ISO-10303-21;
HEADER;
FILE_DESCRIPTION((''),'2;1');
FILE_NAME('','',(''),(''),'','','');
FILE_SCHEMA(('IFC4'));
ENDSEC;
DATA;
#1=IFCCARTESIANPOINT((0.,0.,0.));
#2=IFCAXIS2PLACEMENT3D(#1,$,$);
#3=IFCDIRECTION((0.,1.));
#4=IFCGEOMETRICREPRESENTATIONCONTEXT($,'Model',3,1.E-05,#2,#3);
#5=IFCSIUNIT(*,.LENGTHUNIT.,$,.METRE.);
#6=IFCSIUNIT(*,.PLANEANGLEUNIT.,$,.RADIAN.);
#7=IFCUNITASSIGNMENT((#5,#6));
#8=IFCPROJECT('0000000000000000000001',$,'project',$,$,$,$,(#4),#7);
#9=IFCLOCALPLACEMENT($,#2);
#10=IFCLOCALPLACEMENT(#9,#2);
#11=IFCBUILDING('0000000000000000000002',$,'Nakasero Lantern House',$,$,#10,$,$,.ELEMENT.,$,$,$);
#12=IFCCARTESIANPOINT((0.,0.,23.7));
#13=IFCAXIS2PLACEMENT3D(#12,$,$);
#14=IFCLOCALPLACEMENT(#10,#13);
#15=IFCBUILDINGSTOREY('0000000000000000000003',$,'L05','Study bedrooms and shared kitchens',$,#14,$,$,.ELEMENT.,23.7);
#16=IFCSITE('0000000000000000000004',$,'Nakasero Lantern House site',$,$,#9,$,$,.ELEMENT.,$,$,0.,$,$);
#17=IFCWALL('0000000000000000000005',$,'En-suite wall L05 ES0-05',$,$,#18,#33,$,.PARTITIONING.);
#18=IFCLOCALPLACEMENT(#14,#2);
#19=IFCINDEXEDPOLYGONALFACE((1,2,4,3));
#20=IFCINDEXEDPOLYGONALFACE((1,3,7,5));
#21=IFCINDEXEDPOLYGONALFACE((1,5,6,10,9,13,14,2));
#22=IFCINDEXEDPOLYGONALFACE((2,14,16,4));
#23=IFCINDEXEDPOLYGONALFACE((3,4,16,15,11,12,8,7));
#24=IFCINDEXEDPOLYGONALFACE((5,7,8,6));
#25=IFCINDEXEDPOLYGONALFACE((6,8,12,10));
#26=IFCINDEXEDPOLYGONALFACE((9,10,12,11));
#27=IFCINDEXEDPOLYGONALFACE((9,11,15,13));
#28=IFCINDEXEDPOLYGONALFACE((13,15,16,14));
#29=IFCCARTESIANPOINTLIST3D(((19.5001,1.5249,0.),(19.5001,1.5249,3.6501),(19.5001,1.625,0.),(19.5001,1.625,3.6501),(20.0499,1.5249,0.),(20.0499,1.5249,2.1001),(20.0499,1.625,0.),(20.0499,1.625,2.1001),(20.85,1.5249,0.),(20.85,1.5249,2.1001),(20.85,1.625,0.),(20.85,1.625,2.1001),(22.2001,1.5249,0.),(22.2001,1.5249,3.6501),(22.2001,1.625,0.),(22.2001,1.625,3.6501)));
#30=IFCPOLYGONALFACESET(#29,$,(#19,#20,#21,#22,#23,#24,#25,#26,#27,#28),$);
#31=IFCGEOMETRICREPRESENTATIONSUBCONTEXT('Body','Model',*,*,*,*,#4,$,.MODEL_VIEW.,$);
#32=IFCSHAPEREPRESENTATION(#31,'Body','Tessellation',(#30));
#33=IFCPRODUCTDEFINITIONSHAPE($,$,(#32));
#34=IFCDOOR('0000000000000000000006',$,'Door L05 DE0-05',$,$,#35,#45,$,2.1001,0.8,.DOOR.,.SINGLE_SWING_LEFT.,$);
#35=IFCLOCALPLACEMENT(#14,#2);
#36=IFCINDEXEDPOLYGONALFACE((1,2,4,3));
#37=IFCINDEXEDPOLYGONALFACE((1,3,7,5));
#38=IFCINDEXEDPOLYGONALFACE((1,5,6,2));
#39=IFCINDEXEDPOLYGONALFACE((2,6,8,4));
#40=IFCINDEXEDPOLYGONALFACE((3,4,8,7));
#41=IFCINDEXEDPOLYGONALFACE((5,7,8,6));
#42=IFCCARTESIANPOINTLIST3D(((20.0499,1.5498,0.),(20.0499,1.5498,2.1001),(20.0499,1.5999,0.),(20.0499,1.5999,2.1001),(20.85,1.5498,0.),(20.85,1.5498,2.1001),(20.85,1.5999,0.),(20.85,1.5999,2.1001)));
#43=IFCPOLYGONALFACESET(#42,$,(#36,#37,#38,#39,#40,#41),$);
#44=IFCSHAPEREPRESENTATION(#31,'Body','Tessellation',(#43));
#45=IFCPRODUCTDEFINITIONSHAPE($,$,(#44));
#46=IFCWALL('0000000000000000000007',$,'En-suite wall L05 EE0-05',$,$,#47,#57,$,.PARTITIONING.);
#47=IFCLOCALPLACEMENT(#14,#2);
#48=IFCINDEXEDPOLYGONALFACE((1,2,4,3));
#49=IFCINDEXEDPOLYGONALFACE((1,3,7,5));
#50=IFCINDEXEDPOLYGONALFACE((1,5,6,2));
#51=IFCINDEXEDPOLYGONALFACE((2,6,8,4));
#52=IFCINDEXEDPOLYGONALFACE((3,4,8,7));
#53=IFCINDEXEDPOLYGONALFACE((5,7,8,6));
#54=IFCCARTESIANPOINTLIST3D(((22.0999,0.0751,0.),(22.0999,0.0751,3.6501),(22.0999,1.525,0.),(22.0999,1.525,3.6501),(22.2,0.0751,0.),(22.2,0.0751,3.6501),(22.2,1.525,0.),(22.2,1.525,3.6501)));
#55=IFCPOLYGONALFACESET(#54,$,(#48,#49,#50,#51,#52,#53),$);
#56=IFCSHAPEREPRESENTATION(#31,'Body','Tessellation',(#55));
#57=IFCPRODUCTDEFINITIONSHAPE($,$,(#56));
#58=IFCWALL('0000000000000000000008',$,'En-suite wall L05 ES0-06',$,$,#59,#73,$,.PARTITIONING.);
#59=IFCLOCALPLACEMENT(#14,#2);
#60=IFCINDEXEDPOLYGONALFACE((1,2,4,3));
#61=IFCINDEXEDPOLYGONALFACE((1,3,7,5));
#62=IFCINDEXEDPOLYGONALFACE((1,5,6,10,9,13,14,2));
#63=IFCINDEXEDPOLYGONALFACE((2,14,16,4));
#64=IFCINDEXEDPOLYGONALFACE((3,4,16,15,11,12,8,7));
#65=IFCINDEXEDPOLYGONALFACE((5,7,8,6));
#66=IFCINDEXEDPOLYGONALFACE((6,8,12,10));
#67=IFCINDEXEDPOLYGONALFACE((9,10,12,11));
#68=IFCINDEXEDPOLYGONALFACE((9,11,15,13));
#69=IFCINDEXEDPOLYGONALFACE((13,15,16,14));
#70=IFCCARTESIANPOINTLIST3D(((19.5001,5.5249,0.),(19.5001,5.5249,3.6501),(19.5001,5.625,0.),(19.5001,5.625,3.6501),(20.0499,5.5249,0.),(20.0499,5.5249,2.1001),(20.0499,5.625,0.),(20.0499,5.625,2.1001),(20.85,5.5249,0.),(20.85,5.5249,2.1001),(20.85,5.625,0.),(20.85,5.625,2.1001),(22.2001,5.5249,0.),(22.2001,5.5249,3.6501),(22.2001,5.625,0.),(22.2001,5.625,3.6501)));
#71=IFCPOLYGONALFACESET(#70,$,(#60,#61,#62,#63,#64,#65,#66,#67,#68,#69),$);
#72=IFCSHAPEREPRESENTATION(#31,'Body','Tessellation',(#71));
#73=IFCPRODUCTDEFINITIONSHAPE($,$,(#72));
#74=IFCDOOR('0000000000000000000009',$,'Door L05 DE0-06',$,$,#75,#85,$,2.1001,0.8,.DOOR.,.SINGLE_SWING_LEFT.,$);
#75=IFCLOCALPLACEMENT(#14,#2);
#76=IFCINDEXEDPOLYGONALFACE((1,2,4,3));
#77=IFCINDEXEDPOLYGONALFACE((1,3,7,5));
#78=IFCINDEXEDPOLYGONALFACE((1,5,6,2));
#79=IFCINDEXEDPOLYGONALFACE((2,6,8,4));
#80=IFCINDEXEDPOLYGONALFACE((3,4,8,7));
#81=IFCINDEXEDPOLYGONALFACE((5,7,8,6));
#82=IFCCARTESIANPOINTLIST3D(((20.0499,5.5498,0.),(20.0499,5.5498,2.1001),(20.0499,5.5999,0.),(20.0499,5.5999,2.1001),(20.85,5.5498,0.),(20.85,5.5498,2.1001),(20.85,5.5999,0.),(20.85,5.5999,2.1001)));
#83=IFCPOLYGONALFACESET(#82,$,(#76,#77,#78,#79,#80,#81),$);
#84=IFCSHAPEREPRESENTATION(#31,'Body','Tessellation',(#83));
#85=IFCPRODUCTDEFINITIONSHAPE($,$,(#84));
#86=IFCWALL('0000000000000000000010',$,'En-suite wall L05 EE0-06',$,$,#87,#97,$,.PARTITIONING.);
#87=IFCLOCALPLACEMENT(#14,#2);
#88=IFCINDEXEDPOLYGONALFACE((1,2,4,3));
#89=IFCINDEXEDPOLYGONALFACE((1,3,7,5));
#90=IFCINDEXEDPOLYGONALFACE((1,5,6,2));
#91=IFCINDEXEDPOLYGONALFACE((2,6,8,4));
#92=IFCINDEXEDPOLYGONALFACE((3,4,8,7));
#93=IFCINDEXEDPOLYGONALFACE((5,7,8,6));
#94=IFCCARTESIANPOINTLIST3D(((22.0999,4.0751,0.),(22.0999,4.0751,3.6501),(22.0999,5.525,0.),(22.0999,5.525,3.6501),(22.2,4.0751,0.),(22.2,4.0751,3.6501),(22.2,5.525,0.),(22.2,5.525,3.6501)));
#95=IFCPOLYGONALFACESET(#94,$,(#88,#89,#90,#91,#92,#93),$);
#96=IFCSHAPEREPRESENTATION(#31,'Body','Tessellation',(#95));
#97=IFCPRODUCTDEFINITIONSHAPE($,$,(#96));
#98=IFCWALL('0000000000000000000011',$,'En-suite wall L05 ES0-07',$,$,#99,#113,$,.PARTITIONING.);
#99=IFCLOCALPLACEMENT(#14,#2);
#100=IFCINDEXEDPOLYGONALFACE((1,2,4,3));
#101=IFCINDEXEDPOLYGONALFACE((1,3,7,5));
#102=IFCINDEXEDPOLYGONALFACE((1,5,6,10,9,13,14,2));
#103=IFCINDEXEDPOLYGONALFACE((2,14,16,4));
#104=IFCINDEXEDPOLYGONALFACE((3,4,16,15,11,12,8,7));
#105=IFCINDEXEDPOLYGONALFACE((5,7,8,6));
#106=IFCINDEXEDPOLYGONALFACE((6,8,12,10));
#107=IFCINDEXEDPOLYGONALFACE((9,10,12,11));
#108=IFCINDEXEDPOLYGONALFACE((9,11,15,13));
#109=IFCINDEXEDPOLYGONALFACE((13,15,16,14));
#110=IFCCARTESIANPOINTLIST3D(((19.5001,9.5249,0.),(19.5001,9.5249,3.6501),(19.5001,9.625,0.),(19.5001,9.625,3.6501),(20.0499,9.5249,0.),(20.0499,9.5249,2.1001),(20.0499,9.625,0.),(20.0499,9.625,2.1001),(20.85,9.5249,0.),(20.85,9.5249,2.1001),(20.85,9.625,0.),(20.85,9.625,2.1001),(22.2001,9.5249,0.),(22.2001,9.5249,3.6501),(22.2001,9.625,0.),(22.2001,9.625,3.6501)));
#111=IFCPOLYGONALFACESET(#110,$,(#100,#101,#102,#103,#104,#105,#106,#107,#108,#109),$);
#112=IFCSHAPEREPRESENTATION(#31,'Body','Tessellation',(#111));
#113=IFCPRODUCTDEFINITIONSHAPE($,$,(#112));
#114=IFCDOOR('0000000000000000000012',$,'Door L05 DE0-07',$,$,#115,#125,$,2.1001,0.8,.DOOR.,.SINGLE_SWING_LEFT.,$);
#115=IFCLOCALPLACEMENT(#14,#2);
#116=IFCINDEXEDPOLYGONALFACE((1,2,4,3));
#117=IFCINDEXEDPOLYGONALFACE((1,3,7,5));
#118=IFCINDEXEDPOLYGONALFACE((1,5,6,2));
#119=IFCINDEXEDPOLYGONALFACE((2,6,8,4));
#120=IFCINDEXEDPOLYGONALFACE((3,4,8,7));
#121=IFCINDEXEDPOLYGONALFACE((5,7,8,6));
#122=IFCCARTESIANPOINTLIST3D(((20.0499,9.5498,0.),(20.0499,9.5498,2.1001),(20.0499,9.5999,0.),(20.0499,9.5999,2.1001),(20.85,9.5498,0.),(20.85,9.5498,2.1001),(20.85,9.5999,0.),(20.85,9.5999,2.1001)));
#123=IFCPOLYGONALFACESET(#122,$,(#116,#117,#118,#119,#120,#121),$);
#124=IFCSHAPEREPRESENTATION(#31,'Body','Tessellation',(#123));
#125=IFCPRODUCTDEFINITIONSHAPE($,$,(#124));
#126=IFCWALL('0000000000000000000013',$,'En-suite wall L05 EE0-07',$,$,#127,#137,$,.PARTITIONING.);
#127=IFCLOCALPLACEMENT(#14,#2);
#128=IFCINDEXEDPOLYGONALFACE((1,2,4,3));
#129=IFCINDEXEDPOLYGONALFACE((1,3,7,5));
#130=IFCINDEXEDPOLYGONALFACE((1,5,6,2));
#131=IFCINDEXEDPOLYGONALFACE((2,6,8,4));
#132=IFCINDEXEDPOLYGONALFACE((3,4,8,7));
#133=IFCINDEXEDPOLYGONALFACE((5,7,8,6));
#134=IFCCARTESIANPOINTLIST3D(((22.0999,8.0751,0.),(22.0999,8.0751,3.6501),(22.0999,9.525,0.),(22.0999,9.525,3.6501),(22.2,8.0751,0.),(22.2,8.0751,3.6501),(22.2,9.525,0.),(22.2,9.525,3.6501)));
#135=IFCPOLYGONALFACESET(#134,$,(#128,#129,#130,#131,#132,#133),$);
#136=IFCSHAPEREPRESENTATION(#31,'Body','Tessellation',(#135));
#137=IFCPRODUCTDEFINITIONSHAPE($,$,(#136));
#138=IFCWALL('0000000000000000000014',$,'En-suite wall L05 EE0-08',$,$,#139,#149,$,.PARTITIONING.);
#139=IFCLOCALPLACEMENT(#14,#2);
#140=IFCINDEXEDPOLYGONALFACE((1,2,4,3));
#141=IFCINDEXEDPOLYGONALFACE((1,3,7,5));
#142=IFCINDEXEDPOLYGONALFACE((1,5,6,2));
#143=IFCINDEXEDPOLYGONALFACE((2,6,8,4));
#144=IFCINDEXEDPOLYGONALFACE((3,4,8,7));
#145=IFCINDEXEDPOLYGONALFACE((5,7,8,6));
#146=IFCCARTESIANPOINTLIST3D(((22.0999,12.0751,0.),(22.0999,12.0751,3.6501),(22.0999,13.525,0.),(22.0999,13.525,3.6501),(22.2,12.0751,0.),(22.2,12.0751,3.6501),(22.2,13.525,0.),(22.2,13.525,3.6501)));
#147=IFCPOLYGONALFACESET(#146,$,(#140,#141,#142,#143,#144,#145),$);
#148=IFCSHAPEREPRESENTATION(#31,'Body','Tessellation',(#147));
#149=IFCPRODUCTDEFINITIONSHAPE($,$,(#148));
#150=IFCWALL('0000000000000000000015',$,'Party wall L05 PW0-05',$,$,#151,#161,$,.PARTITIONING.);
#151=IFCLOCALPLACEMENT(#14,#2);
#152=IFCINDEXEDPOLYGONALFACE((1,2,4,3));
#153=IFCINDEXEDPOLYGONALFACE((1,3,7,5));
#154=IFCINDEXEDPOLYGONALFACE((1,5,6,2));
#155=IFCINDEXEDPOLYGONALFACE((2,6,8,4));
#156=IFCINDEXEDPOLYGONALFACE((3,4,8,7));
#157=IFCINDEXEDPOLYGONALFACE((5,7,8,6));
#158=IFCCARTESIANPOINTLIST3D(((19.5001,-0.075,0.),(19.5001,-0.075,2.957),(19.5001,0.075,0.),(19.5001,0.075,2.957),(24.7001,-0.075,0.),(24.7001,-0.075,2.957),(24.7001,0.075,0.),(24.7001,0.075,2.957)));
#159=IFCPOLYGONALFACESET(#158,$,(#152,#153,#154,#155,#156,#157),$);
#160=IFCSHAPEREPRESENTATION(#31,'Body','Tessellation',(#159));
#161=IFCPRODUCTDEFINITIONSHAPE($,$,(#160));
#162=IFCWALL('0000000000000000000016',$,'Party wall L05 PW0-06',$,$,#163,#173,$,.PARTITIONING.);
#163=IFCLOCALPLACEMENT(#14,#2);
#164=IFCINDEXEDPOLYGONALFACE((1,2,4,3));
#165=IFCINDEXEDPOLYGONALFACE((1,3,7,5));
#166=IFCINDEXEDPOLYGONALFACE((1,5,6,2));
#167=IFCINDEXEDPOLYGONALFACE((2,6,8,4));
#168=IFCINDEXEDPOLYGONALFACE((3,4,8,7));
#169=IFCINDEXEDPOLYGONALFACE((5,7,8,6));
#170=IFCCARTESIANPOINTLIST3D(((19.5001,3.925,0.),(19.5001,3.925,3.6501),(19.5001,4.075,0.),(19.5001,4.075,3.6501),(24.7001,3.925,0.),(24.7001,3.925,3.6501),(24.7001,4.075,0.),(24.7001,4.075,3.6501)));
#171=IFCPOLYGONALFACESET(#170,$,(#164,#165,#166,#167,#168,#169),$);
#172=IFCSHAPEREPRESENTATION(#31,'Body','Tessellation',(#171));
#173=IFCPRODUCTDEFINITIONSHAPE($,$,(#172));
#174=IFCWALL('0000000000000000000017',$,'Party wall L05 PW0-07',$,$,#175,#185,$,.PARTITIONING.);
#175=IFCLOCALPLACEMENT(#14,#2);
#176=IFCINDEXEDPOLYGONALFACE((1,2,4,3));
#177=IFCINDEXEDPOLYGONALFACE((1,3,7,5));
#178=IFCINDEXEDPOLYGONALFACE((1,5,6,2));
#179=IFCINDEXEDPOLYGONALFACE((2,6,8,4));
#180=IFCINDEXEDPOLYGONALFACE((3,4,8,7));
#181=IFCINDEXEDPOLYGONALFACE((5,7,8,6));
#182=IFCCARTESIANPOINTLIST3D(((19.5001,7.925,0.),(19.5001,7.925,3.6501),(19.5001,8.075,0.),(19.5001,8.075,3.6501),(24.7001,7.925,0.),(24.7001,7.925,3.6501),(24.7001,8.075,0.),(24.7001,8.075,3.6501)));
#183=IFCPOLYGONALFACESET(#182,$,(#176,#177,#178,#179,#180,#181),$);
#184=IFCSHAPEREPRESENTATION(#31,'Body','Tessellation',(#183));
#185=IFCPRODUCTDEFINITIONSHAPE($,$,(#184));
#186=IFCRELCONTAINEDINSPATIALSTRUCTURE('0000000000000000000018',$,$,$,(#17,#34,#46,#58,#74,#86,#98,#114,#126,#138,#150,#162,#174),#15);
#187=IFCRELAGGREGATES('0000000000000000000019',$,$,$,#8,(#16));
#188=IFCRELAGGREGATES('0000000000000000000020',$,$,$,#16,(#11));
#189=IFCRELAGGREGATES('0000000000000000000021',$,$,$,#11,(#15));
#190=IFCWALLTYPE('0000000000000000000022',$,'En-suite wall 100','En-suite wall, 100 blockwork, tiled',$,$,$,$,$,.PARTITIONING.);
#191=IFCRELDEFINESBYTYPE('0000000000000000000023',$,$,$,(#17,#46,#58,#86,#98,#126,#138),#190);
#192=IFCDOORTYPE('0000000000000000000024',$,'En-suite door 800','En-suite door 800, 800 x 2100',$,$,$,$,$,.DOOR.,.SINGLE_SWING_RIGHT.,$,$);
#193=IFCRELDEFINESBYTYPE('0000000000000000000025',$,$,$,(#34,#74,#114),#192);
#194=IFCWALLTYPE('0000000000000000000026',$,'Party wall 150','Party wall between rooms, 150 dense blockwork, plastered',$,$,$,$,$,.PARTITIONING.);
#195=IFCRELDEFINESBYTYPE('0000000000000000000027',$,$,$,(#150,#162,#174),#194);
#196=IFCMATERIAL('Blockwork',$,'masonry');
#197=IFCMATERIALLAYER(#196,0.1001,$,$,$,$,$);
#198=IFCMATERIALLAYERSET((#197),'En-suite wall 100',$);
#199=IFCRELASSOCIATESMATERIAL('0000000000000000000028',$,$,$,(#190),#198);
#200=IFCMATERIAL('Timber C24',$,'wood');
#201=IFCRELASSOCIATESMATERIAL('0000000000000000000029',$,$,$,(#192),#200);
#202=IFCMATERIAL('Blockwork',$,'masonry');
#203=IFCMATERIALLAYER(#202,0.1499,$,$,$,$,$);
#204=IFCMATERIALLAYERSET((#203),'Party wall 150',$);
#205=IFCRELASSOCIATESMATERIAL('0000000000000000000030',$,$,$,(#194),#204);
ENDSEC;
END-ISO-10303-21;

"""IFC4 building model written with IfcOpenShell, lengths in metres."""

from ifc_helpers import new_model, si_unit, direction, frame, frame_2d, origin, place, context, subcontext, project, spatial, rectangle, extrude, material, layer, layer_set, type_object, element, fill, save


model = new_model("IFC4")

# Units and contexts
model_context = context("Model", 3, precision=1e-05, world=origin(), true_north=direction((0.0, 1.0)))
body_context = subcontext(model_context, "Body", "Model", "MODEL_VIEW")
ifc_project = project(units=[si_unit("LENGTHUNIT", "METRE"), si_unit("PLANEANGLEUNIT", "RADIAN")], contexts=[model_context])

# Site, building, storey
site_placement = place(None, origin())
site = spatial("IfcSite", under=ifc_project, at=site_placement, Name="Nakasero Lantern House site", CompositionType="ELEMENT", RefElevation=0.0)
building_placement = place(site_placement, origin())
building = spatial("IfcBuilding", under=site, at=building_placement, Name="Nakasero Lantern House", CompositionType="ELEMENT")
storey_placement = place(building_placement, frame((0.0, 0.0, 23.7)))
storey = spatial("IfcBuildingStorey", under=building, at=storey_placement, Name="L05", Description="Study bedrooms and shared kitchens", CompositionType="ELEMENT", Elevation=23.7)

# Wall, opening, door
ifc_material_1 = material(Name="Blockwork", Category="masonry")
ifc_layer_1 = layer(ifc_material_1, 0.1001)
ifc_layer_set_1 = layer_set([ifc_layer_1], Name="En-suite wall 100")
wall_type_1 = type_object("IfcWallType", Name="En-suite wall 100", Description="En-suite wall, 100 blockwork, tiled", PredefinedType="PARTITIONING", material=ifc_layer_set_1)
wall_1_placement = place(storey_placement, frame((19.5, 1.575, 0.0), z_axis=(0.0, 0.0, 1.0), x_axis=(1.0, 0.0, 0.0)))
wall_1 = element("IfcWall", 1, at=wall_1_placement, inside=storey, type_object=wall_type_1, Name="En-suite wall L05 ES0-05", PredefinedType="PARTITIONING", context=body_context, shape_type="SweptSolid", body=[
    extrude(rectangle(XDim=2.7, YDim=0.1001, at=frame_2d((1.3501, 0.0))), origin(), (0.0, 0.0, 1.0), 3.6501),
])
opening_1_placement = place(wall_1_placement, frame((0.55, 0.0, 0.0)))
opening_1 = element("IfcOpeningElement", 2, at=opening_1_placement, cuts=wall_1, PredefinedType="OPENING", context=body_context, shape_type="SweptSolid", body=[
    extrude(rectangle(XDim=0.8, YDim=2.1001, at=frame_2d((0.3999, 1.05))), frame((0.0, 0.0701, 0.0), z_axis=(0.0, -1.0, 0.0), x_axis=(1.0, 0.0, 0.0)), (0.0, 0.0, 1.0), 0.1401),
])
ifc_material_2 = material(Name="Timber C24", Category="wood")
door_type = type_object("IfcDoorType", Name="En-suite door 800", Description="En-suite door 800, 800 x 2100", OperationType="SINGLE_SWING_RIGHT", PredefinedType="DOOR", material=ifc_material_2)
door_1_placement = place(opening_1_placement, origin())
door_1 = element("IfcDoor", 3, at=door_1_placement, inside=storey, type_object=door_type, Name="Door L05 DE0-05", OperationType="SINGLE_SWING_LEFT", OverallHeight=2.1001, OverallWidth=0.8, PredefinedType="DOOR", context=body_context, shape_type="SweptSolid", body=[
    extrude(rectangle(XDim=0.8, YDim=2.1001, at=frame_2d((0.3999, 1.05))), frame((0.0, 0.0249, 0.0), z_axis=(0.0, -1.0, 0.0), x_axis=(1.0, 0.0, 0.0)), (0.0, 0.0, 1.0), 0.05),
])
fill(opening_1, door_1)

# Wall
wall_2_placement = place(storey_placement, frame((22.1499, 0.075, 0.0), z_axis=(0.0, 0.0, 1.0), x_axis=(0.0, 1.0, 0.0)))
element("IfcWall", 4, at=wall_2_placement, inside=storey, type_object=wall_type_1, Name="En-suite wall L05 EE0-05", PredefinedType="PARTITIONING", context=body_context, shape_type="SweptSolid", body=[
    extrude(rectangle(XDim=1.45, YDim=0.1001, at=frame_2d((0.7251, 0.0))), origin(), (0.0, 0.0, 1.0), 3.6501),
])

# Wall, opening, door
wall_3_placement = place(storey_placement, frame((19.5, 5.575, 0.0), z_axis=(0.0, 0.0, 1.0), x_axis=(1.0, 0.0, 0.0)))
wall_3 = element("IfcWall", 5, at=wall_3_placement, inside=storey, type_object=wall_type_1, Name="En-suite wall L05 ES0-06", PredefinedType="PARTITIONING", context=body_context, shape_type="SweptSolid", body=[
    extrude(rectangle(XDim=2.7, YDim=0.1001, at=frame_2d((1.3501, 0.0))), origin(), (0.0, 0.0, 1.0), 3.6501),
])
opening_2_placement = place(wall_3_placement, frame((0.55, 0.0, 0.0)))
opening_2 = element("IfcOpeningElement", 6, at=opening_2_placement, cuts=wall_3, PredefinedType="OPENING", context=body_context, shape_type="SweptSolid", body=[
    extrude(rectangle(XDim=0.8, YDim=2.1001, at=frame_2d((0.3999, 1.05))), frame((0.0, 0.0701, 0.0), z_axis=(0.0, -1.0, 0.0), x_axis=(1.0, 0.0, 0.0)), (0.0, 0.0, 1.0), 0.1401),
])
door_2_placement = place(opening_2_placement, origin())
door_2 = element("IfcDoor", 7, at=door_2_placement, inside=storey, type_object=door_type, Name="Door L05 DE0-06", OperationType="SINGLE_SWING_LEFT", OverallHeight=2.1001, OverallWidth=0.8, PredefinedType="DOOR", context=body_context, shape_type="SweptSolid", body=[
    extrude(rectangle(XDim=0.8, YDim=2.1001, at=frame_2d((0.3999, 1.05))), frame((0.0, 0.0249, 0.0), z_axis=(0.0, -1.0, 0.0), x_axis=(1.0, 0.0, 0.0)), (0.0, 0.0, 1.0), 0.05),
])
fill(opening_2, door_2)

# Wall
wall_4_placement = place(storey_placement, frame((22.1499, 4.075, 0.0), z_axis=(0.0, 0.0, 1.0), x_axis=(0.0, 1.0, 0.0)))
element("IfcWall", 8, at=wall_4_placement, inside=storey, type_object=wall_type_1, Name="En-suite wall L05 EE0-06", PredefinedType="PARTITIONING", context=body_context, shape_type="SweptSolid", body=[
    extrude(rectangle(XDim=1.45, YDim=0.1001, at=frame_2d((0.7251, 0.0))), origin(), (0.0, 0.0, 1.0), 3.6501),
])

# Wall, opening, door
wall_5_placement = place(storey_placement, frame((19.5, 9.575, 0.0), z_axis=(0.0, 0.0, 1.0), x_axis=(1.0, 0.0, 0.0)))
wall_5 = element("IfcWall", 9, at=wall_5_placement, inside=storey, type_object=wall_type_1, Name="En-suite wall L05 ES0-07", PredefinedType="PARTITIONING", context=body_context, shape_type="SweptSolid", body=[
    extrude(rectangle(XDim=2.7, YDim=0.1001, at=frame_2d((1.3501, 0.0))), origin(), (0.0, 0.0, 1.0), 3.6501),
])
opening_3_placement = place(wall_5_placement, frame((0.55, 0.0, 0.0)))
opening_3 = element("IfcOpeningElement", 10, at=opening_3_placement, cuts=wall_5, PredefinedType="OPENING", context=body_context, shape_type="SweptSolid", body=[
    extrude(rectangle(XDim=0.8, YDim=2.1001, at=frame_2d((0.3999, 1.05))), frame((0.0, 0.0701, 0.0), z_axis=(0.0, -1.0, 0.0), x_axis=(1.0, 0.0, 0.0)), (0.0, 0.0, 1.0), 0.1401),
])
door_3_placement = place(opening_3_placement, origin())
door_3 = element("IfcDoor", 11, at=door_3_placement, inside=storey, type_object=door_type, Name="Door L05 DE0-07", OperationType="SINGLE_SWING_LEFT", OverallHeight=2.1001, OverallWidth=0.8, PredefinedType="DOOR", context=body_context, shape_type="SweptSolid", body=[
    extrude(rectangle(XDim=0.8, YDim=2.1001, at=frame_2d((0.3999, 1.05))), frame((0.0, 0.0249, 0.0), z_axis=(0.0, -1.0, 0.0), x_axis=(1.0, 0.0, 0.0)), (0.0, 0.0, 1.0), 0.05),
])
fill(opening_3, door_3)

# Walls
for number, where, z_axis, x_axis, name in (
    (12, (22.1499, 8.075, 0.0), (0.0, 0.0, 1.0), (0.0, 1.0, 0.0), "En-suite wall L05 EE0-07"),
    (13, (22.1499, 12.075, 0.0), (0.0, 0.0, 1.0), (0.0, 1.0, 0.0), "En-suite wall L05 EE0-08"),
):
    element("IfcWall", number, at=place(storey_placement, frame(where, z_axis=z_axis, x_axis=x_axis)), inside=storey, type_object=wall_type_1, Name=name, PredefinedType="PARTITIONING", context=body_context, shape_type="SweptSolid", body=[
        extrude(rectangle(XDim=1.45, YDim=0.1001, at=frame_2d((0.7251, 0.0))), origin(), (0.0, 0.0, 1.0), 3.6501),
    ])
ifc_material_3 = material(Name="Blockwork", Category="masonry")
ifc_layer_2 = layer(ifc_material_3, 0.1499)
ifc_layer_set_2 = layer_set([ifc_layer_2], Name="Party wall 150")
wall_type_2 = type_object("IfcWallType", Name="Party wall 150", Description="Party wall between rooms, 150 dense blockwork, plastered", PredefinedType="PARTITIONING", material=ifc_layer_set_2)
wall_6_placement = place(storey_placement, frame((19.5, 0.0, 0.0), z_axis=(0.0, 0.0, 1.0), x_axis=(1.0, 0.0, 0.0)))
element("IfcWall", 14, at=wall_6_placement, inside=storey, type_object=wall_type_2, Name="Party wall L05 PW0-05", PredefinedType="PARTITIONING", context=body_context, shape_type="SweptSolid", body=[
    extrude(rectangle(XDim=5.2, YDim=0.1499, at=frame_2d((2.6001, 0.0))), origin(), (0.0, 0.0, 1.0), 2.957),
])
for number, where, z_axis, x_axis, name in (
    (15, (19.5, 4.0, 0.0), (0.0, 0.0, 1.0), (1.0, 0.0, 0.0), "Party wall L05 PW0-06"),
    (16, (19.5, 8.0, 0.0), (0.0, 0.0, 1.0), (1.0, 0.0, 0.0), "Party wall L05 PW0-07"),
):
    element("IfcWall", number, at=place(storey_placement, frame(where, z_axis=z_axis, x_axis=x_axis)), inside=storey, type_object=wall_type_2, Name=name, PredefinedType="PARTITIONING", context=body_context, shape_type="SweptSolid", body=[
        extrude(rectangle(XDim=5.2, YDim=0.1499, at=frame_2d((2.6001, 0.0))), origin(), (0.0, 0.0, 1.0), 3.6501),
    ])

save(model, "model.ifc")
